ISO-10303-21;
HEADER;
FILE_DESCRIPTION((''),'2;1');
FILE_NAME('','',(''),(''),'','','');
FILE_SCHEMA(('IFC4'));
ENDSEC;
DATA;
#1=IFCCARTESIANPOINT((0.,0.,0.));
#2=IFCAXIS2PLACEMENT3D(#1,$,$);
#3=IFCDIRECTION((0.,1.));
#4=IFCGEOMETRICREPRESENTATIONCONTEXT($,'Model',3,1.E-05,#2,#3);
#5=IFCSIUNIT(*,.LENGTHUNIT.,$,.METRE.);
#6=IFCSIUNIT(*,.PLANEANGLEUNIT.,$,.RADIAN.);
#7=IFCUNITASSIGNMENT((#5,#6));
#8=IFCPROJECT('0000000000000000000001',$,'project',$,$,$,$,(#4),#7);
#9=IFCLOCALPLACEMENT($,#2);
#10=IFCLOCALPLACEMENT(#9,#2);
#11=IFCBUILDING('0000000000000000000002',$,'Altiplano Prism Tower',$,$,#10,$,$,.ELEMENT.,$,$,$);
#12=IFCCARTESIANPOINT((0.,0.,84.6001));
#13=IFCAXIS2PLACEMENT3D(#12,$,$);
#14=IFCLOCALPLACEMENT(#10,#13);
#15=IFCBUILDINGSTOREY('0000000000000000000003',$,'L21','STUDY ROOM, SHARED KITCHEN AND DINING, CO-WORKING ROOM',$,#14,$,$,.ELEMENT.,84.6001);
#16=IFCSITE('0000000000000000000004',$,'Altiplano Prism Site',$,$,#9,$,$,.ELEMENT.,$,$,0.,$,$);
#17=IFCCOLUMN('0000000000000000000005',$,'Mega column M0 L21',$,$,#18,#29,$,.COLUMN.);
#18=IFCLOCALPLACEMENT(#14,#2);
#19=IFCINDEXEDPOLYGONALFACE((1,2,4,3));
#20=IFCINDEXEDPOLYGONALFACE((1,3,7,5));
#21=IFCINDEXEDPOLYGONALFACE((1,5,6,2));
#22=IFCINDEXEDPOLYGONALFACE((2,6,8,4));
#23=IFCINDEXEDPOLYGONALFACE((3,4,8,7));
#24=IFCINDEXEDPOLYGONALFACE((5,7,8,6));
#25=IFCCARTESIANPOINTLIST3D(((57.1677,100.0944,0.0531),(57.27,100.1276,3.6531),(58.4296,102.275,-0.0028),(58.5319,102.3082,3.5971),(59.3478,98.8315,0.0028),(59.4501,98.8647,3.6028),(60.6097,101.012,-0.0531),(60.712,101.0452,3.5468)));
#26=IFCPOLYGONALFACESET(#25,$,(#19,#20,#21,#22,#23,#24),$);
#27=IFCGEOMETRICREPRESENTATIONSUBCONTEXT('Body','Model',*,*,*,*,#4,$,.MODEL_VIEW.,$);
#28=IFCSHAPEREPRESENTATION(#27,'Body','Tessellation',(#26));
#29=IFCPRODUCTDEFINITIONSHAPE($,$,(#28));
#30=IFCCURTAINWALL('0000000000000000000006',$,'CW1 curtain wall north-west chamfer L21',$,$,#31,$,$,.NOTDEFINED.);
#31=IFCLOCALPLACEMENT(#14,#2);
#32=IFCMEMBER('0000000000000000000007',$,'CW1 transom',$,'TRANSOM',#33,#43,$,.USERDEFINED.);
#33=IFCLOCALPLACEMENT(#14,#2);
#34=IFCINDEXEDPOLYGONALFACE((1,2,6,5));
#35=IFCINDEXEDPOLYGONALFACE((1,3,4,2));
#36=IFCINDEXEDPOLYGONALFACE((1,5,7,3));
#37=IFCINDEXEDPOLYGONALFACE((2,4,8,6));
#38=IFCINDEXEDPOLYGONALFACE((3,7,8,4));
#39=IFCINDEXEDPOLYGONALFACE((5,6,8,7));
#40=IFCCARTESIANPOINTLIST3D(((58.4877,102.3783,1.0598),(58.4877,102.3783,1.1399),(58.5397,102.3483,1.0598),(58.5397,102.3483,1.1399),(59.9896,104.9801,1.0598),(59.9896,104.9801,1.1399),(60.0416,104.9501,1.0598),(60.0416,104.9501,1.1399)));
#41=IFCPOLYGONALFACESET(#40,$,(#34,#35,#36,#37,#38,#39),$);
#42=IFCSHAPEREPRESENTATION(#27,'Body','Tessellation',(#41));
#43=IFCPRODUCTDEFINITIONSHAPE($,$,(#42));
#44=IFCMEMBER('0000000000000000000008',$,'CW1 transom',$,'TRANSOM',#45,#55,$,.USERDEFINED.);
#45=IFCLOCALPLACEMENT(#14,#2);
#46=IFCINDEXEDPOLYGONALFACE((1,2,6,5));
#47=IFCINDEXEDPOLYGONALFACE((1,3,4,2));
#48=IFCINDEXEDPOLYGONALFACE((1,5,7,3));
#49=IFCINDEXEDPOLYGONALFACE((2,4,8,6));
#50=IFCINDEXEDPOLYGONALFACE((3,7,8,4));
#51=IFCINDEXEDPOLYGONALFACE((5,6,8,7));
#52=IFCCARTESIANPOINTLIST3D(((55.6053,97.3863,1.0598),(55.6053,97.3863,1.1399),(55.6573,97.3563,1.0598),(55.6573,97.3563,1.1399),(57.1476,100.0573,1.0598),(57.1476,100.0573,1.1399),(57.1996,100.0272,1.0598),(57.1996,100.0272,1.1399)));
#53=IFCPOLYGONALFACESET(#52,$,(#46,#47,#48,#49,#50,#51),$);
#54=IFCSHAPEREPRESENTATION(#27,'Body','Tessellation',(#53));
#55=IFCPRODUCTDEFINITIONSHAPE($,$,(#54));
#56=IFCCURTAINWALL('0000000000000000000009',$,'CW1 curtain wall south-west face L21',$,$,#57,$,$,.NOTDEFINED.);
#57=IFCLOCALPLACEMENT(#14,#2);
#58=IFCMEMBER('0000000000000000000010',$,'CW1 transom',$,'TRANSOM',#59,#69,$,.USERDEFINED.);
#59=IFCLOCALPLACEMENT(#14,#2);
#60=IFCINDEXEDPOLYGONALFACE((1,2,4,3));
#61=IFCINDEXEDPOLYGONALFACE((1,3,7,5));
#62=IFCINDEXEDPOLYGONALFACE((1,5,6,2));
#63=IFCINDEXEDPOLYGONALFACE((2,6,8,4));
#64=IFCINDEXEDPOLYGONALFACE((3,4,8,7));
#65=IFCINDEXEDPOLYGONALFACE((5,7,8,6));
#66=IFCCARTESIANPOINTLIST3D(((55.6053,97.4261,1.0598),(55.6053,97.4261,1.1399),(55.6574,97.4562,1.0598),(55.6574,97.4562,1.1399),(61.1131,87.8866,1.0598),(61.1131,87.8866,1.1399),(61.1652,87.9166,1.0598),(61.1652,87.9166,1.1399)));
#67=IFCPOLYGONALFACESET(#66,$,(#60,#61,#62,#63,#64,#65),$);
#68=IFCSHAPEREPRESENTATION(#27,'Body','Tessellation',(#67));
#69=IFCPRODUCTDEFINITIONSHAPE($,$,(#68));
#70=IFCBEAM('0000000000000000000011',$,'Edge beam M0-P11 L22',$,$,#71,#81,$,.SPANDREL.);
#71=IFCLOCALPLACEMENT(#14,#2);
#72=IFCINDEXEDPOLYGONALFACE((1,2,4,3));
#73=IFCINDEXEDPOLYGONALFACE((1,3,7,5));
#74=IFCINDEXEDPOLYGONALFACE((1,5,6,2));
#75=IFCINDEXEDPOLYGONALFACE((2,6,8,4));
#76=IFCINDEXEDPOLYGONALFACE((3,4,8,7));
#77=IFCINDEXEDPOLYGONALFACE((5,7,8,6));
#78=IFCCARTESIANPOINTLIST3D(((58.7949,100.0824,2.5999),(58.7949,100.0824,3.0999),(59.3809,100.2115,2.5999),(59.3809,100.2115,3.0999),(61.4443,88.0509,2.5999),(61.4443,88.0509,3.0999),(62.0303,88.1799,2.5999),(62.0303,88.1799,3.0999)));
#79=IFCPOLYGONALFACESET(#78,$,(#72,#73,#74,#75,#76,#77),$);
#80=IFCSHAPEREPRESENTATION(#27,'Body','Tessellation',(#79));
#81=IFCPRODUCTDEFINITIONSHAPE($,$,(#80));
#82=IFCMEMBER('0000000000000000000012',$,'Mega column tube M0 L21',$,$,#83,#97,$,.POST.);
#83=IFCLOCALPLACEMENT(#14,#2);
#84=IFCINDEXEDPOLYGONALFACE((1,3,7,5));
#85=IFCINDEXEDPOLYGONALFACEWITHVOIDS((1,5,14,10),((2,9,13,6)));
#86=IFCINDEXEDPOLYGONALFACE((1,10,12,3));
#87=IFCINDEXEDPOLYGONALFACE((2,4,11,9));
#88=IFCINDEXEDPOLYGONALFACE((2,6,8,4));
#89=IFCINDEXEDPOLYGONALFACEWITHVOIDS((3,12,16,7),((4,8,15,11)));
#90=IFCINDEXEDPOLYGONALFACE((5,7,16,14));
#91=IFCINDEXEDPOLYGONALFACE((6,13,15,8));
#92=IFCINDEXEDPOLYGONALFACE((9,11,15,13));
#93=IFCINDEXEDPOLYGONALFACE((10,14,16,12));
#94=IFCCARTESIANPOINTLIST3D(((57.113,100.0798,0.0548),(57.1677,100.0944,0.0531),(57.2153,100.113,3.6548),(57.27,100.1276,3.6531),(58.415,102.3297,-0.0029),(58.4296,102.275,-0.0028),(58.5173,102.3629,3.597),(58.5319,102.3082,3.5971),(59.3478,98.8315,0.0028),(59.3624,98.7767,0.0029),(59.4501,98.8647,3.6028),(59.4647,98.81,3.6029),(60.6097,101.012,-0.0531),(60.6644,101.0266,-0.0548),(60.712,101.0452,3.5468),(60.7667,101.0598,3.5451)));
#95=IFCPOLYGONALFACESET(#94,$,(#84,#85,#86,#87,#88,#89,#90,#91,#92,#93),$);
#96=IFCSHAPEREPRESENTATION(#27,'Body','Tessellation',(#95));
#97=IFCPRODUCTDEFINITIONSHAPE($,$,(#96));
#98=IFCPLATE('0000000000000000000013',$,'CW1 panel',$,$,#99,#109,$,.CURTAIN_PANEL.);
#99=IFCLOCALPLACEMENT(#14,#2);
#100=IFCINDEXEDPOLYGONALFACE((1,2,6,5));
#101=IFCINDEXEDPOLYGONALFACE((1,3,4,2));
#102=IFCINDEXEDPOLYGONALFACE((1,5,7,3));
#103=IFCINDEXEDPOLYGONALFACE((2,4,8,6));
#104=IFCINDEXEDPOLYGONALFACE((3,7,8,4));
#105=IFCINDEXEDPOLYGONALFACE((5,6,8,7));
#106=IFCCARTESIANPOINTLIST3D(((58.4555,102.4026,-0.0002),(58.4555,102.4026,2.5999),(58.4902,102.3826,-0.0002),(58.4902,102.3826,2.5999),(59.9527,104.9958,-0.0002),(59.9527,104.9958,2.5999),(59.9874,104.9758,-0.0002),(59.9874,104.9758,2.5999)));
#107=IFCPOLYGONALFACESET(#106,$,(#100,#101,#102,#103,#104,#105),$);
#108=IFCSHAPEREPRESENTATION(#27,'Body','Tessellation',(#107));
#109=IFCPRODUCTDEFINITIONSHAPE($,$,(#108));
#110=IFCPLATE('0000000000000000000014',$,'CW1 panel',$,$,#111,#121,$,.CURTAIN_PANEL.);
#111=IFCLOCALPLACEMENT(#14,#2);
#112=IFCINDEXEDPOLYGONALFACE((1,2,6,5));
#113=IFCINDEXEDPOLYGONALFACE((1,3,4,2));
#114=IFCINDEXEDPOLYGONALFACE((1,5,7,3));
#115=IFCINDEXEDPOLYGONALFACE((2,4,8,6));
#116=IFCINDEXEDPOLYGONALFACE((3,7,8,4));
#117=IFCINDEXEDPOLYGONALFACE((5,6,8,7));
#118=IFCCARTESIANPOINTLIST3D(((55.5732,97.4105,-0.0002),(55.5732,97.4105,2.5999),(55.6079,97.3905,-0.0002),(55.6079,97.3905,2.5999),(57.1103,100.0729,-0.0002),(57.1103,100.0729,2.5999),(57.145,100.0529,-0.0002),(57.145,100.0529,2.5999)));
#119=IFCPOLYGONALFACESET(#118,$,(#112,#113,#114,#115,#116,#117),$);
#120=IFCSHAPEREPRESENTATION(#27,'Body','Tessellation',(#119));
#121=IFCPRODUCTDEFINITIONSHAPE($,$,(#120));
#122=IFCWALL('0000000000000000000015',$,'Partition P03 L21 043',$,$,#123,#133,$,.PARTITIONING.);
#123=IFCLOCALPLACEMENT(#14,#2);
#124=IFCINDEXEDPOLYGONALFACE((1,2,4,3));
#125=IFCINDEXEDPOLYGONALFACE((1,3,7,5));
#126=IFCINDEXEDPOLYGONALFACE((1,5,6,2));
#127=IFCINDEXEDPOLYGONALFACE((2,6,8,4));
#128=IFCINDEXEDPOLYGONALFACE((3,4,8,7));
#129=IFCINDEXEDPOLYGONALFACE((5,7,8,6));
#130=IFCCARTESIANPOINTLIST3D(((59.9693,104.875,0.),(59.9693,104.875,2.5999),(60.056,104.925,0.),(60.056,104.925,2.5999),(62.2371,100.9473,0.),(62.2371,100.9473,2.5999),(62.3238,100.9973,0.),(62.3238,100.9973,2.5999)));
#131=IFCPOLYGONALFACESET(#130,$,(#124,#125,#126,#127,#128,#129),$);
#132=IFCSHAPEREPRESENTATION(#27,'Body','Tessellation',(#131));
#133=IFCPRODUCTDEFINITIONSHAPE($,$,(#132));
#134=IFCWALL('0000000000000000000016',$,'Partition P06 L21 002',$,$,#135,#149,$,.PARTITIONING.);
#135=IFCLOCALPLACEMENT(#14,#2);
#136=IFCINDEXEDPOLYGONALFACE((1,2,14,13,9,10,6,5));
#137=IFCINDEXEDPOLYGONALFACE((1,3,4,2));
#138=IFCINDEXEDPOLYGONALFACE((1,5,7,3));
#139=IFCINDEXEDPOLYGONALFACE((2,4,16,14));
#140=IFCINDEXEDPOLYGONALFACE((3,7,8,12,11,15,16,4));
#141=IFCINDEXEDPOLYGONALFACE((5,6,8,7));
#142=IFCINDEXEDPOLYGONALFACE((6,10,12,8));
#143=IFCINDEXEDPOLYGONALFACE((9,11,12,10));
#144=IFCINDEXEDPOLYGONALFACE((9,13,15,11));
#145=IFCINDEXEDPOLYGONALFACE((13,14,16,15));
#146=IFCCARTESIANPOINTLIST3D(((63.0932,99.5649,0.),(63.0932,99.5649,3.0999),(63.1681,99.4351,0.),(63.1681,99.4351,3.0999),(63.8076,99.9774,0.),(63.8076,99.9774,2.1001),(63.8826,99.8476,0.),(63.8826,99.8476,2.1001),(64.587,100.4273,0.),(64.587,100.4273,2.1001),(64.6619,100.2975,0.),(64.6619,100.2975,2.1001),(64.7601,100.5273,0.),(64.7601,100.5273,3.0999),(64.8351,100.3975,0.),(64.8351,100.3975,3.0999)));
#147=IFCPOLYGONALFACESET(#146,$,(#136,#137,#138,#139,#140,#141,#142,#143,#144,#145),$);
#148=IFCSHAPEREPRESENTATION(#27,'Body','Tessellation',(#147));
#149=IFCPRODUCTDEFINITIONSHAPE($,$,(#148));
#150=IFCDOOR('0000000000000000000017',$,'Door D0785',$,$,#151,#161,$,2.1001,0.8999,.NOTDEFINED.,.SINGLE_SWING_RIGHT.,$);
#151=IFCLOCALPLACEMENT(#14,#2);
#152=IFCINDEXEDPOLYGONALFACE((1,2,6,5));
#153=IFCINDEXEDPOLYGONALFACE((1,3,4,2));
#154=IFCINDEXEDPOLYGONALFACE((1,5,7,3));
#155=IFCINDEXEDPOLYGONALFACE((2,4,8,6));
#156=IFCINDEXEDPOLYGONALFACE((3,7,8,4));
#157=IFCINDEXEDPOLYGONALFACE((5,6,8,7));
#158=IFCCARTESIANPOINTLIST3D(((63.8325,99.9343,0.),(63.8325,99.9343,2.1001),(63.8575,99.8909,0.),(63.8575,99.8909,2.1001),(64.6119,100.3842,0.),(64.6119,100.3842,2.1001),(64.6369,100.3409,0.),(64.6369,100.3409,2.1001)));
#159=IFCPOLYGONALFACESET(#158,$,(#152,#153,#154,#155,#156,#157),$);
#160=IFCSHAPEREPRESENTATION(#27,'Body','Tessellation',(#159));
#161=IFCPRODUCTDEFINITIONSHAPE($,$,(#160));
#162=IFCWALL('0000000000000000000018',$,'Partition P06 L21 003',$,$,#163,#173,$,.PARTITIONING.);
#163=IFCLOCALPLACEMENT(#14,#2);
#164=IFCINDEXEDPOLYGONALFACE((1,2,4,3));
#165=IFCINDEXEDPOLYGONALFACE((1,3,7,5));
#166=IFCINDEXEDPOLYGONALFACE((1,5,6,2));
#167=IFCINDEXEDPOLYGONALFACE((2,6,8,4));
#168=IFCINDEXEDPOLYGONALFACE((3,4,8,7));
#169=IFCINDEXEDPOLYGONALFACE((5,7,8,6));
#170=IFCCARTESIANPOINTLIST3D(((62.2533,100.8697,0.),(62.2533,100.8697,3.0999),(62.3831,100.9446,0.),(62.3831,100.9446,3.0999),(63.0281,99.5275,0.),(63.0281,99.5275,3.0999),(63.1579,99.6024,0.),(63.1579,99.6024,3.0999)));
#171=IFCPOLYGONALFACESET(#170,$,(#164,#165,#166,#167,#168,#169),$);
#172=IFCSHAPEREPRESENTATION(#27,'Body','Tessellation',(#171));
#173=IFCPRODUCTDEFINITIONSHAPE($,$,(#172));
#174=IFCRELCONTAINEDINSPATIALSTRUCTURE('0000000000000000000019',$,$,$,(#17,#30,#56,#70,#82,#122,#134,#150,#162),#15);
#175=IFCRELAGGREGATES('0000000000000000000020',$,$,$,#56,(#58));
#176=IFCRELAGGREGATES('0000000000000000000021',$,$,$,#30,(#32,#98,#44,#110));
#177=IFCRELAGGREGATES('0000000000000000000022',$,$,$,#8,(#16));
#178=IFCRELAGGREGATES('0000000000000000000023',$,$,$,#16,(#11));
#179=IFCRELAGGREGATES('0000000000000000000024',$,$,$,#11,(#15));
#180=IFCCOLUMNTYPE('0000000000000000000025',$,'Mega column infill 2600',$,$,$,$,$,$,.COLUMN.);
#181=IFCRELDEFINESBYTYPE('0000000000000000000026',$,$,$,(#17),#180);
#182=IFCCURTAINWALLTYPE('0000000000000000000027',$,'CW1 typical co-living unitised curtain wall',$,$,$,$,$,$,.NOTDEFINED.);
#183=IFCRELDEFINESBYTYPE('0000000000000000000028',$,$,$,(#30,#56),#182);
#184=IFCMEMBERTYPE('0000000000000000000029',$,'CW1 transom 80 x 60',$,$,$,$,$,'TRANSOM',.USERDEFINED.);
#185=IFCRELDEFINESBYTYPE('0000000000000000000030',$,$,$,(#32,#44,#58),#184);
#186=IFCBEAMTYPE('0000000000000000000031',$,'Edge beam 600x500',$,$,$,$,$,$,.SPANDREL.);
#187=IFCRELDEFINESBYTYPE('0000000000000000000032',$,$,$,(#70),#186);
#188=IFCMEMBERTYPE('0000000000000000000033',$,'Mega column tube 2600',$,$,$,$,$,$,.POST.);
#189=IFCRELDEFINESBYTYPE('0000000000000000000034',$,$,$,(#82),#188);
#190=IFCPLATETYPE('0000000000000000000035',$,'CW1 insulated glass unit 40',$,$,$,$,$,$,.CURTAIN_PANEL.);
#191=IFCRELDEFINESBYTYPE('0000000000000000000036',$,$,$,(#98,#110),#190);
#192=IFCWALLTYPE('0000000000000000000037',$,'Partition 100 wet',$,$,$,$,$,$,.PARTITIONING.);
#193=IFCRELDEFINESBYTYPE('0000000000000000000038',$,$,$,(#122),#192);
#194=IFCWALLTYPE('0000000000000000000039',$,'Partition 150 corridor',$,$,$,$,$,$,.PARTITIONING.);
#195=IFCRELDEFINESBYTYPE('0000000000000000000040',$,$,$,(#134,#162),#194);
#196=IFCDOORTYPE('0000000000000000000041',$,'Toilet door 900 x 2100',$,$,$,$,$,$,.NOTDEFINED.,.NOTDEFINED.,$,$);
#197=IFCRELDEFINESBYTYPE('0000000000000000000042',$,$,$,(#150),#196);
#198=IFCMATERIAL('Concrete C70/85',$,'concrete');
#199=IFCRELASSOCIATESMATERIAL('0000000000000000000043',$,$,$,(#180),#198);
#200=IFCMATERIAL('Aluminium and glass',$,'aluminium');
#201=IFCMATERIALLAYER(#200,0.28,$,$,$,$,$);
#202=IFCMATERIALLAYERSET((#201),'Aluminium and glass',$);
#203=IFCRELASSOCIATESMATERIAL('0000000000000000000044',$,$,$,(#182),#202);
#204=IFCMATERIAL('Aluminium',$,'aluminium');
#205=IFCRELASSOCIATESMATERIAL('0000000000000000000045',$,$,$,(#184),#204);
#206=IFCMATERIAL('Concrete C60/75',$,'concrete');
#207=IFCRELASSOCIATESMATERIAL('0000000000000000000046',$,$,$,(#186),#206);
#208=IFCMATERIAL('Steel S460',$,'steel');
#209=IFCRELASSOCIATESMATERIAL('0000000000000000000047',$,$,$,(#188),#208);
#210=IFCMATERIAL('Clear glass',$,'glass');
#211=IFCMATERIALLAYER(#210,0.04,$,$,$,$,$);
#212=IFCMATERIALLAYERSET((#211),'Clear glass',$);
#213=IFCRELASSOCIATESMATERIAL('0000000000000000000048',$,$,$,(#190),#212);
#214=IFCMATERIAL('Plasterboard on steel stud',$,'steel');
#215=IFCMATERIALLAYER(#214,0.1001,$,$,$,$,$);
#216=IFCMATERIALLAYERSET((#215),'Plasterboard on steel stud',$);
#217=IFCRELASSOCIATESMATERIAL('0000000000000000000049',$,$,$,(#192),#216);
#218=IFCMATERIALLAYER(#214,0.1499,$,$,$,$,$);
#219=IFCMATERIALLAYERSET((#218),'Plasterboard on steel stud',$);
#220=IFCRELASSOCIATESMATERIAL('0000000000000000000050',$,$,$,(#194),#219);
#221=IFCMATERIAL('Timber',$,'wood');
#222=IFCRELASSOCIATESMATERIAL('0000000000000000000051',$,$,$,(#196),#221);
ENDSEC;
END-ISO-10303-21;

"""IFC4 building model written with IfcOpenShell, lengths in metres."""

from ifc_helpers import new_model, si_unit, direction, frame, frame_2d, origin, origin_2d, place, context, subcontext, project, spatial, rectangle, hollow_rectangle, extrude, material, layer, layer_set, material_profile, profile_set, type_object, element, fill, aggregate, save


model = new_model("IFC4")

# Units and contexts
model_context = context("Model", 3, precision=1e-05, world=origin(), true_north=direction((0.0, 1.0)))
body_context = subcontext(model_context, "Body", "Model", "MODEL_VIEW")
ifc_project = project(units=[si_unit("LENGTHUNIT", "METRE"), si_unit("PLANEANGLEUNIT", "RADIAN")], contexts=[model_context])

# Site, building, storey
site_placement = place(None, origin())
site = spatial("IfcSite", under=ifc_project, at=site_placement, Name="Altiplano Prism Site", CompositionType="ELEMENT", RefElevation=0.0)
building_placement = place(site_placement, origin())
building = spatial("IfcBuilding", under=site, at=building_placement, Name="Altiplano Prism Tower", CompositionType="ELEMENT")
storey_placement = place(building_placement, frame((0.0, 0.0, 84.6001)))
storey = spatial("IfcBuildingStorey", under=building, at=storey_placement, Name="L21", Description="STUDY ROOM, SHARED KITCHEN AND DINING, CO-WORKING ROOM", CompositionType="ELEMENT", Elevation=84.6001)

# Column
ifc_material_1 = material(Name="Concrete C70/85", Category="concrete")
ifc_material_profile_1 = material_profile(ifc_material_1, rectangle(XDim=2.52, YDim=2.52, at=origin_2d()), Name="Mega column infill 2600")
ifc_profile_set_1 = profile_set([ifc_material_profile_1], Name="Concrete C70/85")
column_type = type_object("IfcColumnType", Name="Mega column infill 2600", PredefinedType="COLUMN", material=ifc_profile_set_1)
column_placement = place(storey_placement, frame((58.8887, 100.5532, 0.0), z_axis=(0.028404, 0.009219, 0.999554), x_axis=(-0.865123, 0.501162, 0.019961)))
element("IfcColumn", 1, at=column_placement, inside=storey, type_object=column_type, Name="Mega column M0 L21", PredefinedType="COLUMN", context=body_context, shape_type="SweptSolid", body=[
    extrude(rectangle(XDim=2.52, YDim=2.52, at=origin_2d()), origin(), (0.0, 0.0, 1.0), 3.6016),
])

# Curtain wall, members
ifc_material_2 = material(Name="Aluminium and glass", Category="aluminium")
ifc_layer_1 = layer(ifc_material_2, 0.28)
ifc_layer_set_1 = layer_set([ifc_layer_1], Name="Aluminium and glass")
curtain_wall_type = type_object("IfcCurtainWallType", Name="CW1 typical co-living unitised curtain wall", PredefinedType="NOTDEFINED", material=ifc_layer_set_1)
curtain_wall_1_placement = place(storey_placement, origin())
curtain_wall_1 = element("IfcCurtainWall", 2, at=curtain_wall_1_placement, inside=storey, type_object=curtain_wall_type, Name="CW1 curtain wall north-west chamfer L21", PredefinedType="NOTDEFINED")
ifc_material_3 = material(Name="Aluminium", Category="aluminium")
ifc_material_profile_2 = material_profile(ifc_material_3, rectangle(XDim=0.0601, YDim=0.0801, at=origin_2d()), Name="CW1 transom 80 x 60")
ifc_profile_set_2 = profile_set([ifc_material_profile_2], Name="Aluminium")
member_type_1 = type_object("IfcMemberType", Name="CW1 transom 80 x 60", ElementType="TRANSOM", PredefinedType="USERDEFINED", material=ifc_profile_set_2)
member_1_placement = place(storey_placement, frame((60.0156, 104.9651, 1.0999), z_axis=(-0.49995, -0.866054, 0.0), x_axis=(0.866054, -0.49995, 0.0)))
member_1 = element("IfcMember", 3, at=member_1_placement, type_object=member_type_1, Name="CW1 transom", ObjectType="TRANSOM", PredefinedType="USERDEFINED", context=body_context, shape_type="SweptSolid", body=[
    extrude(rectangle(XDim=0.0601, YDim=0.0801, at=origin_2d()), origin(), (0.0, 0.0, 1.0), 3.0042),
])
member_2_placement = place(storey_placement, frame((57.1736, 100.0422, 1.0999), z_axis=(-0.500047, -0.865998, 0.0), x_axis=(0.865998, -0.500047, 0.0)))
member_2 = element("IfcMember", 4, at=member_2_placement, type_object=member_type_1, Name="CW1 transom", ObjectType="TRANSOM", PredefinedType="USERDEFINED", context=body_context, shape_type="SweptSolid", body=[
    extrude(rectangle(XDim=0.0601, YDim=0.0801, at=origin_2d()), origin(), (0.0, 0.0, 1.0), 3.0842),
])

# Curtain wall, member
curtain_wall_2_placement = place(storey_placement, origin())
curtain_wall_2 = element("IfcCurtainWall", 5, at=curtain_wall_2_placement, inside=storey, type_object=curtain_wall_type, Name="CW1 curtain wall south-west face L21", PredefinedType="NOTDEFINED")
member_3_placement = place(storey_placement, frame((55.6313, 97.4412, 1.0999), z_axis=(0.50001, -0.866019, 0.0), x_axis=(0.866019, 0.50001, 0.0)))
member_3 = element("IfcMember", 6, at=member_3_placement, type_object=member_type_1, Name="CW1 transom", ObjectType="TRANSOM", PredefinedType="USERDEFINED", context=body_context, shape_type="SweptSolid", body=[
    extrude(rectangle(XDim=0.0601, YDim=0.0801, at=origin_2d()), origin(), (0.0, 0.0, 1.0), 11.0154),
])
aggregate(curtain_wall_2, [member_3])

# Beam
ifc_material_4 = material(Name="Concrete C60/75", Category="concrete")
ifc_material_profile_3 = material_profile(ifc_material_4, rectangle(XDim=0.6001, YDim=0.5, at=origin_2d()), Name="Edge beam 600x500")
ifc_profile_set_3 = profile_set([ifc_material_profile_3], Name="Concrete C60/75")
beam_type = type_object("IfcBeamType", Name="Edge beam 600x500", PredefinedType="SPANDREL", material=ifc_profile_set_3)
beam_placement = place(storey_placement, frame((59.0879, 100.147, 2.8499), z_axis=(0.215054, -0.976602, 0.0), x_axis=(0.976602, 0.215054, 0.0)))
element("IfcBeam", 7, at=beam_placement, inside=storey, type_object=beam_type, Name="Edge beam M0-P11 L22", PredefinedType="SPANDREL", context=body_context, shape_type="SweptSolid", body=[
    extrude(rectangle(XDim=0.6001, YDim=0.5, at=origin_2d()), origin(), (0.0, 0.0, 1.0), 12.3198),
])

# Member
ifc_material_5 = material(Name="Steel S460", Category="steel")
ifc_material_profile_4 = material_profile(ifc_material_5, hollow_rectangle(XDim=2.6001, YDim=2.6001, WallThickness=0.04, at=origin_2d()), Name="Mega column tube 2600")
ifc_profile_set_4 = profile_set([ifc_material_profile_4], Name="Steel S460")
member_type_2 = type_object("IfcMemberType", Name="Mega column tube 2600", PredefinedType="POST", material=ifc_profile_set_4)
member_4_placement = place(storey_placement, frame((58.8887, 100.5532, 0.0), z_axis=(0.028404, 0.009219, 0.999554), x_axis=(-0.865123, 0.501162, 0.019961)))
element("IfcMember", 8, at=member_4_placement, inside=storey, type_object=member_type_2, Name="Mega column tube M0 L21", PredefinedType="POST", context=body_context, shape_type="SweptSolid", body=[
    extrude(hollow_rectangle(XDim=2.6001, YDim=2.6001, WallThickness=0.04, at=origin_2d()), origin(), (0.0, 0.0, 1.0), 3.6016),
])

# Plates
ifc_material_6 = material(Name="Clear glass", Category="glass")
ifc_layer_2 = layer(ifc_material_6, 0.04)
ifc_layer_set_2 = layer_set([ifc_layer_2], Name="Clear glass")
plate_type = type_object("IfcPlateType", Name="CW1 insulated glass unit 40", PredefinedType="CURTAIN_PANEL", material=ifc_layer_set_2)
plate_1_placement = place(storey_placement, frame((59.2214, 103.6892, -0.0002), z_axis=(0.0, 0.0, 1.0), x_axis=(-0.5, -0.866025, 0.0)))
plate_1 = element("IfcPlate", 9, at=plate_1_placement, type_object=plate_type, Name="CW1 panel", PredefinedType="CURTAIN_PANEL", context=body_context, shape_type="SweptSolid", body=[
    extrude(rectangle(XDim=2.9944, YDim=0.04, at=origin_2d()), origin(), (0.0, 0.0, 1.0), 2.6001),
])
plate_2_placement = place(storey_placement, frame((56.3591, 98.7317, -0.0002), z_axis=(0.0, 0.0, 1.0), x_axis=(-0.5, -0.866025, 0.0)))
plate_2 = element("IfcPlate", 10, at=plate_2_placement, type_object=plate_type, Name="CW1 panel", PredefinedType="CURTAIN_PANEL", context=body_context, shape_type="SweptSolid", body=[
    extrude(rectangle(XDim=3.0742, YDim=0.04, at=origin_2d()), origin(), (0.0, 0.0, 1.0), 2.6001),
])
aggregate(curtain_wall_1, [member_1, plate_1, member_2, plate_2])

# Wall
ifc_material_7 = material(Name="Plasterboard on steel stud", Category="steel")
ifc_layer_3 = layer(ifc_material_7, 0.1001)
ifc_layer_set_3 = layer_set([ifc_layer_3], Name="Plasterboard on steel stud")
wall_type_1 = type_object("IfcWallType", Name="Partition 100 wet", PredefinedType="PARTITIONING", material=ifc_layer_set_3)
wall_1_placement = place(storey_placement, frame((60.0127, 104.8999, 0.0), z_axis=(0.0, 0.0, 1.0), x_axis=(0.500024, -0.866012, 0.0)))
element("IfcWall", 11, at=wall_1_placement, inside=storey, type_object=wall_type_1, Name="Partition P03 L21 043", PredefinedType="PARTITIONING", context=body_context, shape_type="SweptSolid", body=[
    extrude(rectangle(XDim=4.5354, YDim=0.1001, at=frame_2d((2.2676, 0.0))), origin(), (0.0, 0.0, 1.0), 2.5999),
])

# Wall, opening, door
ifc_layer_4 = layer(ifc_material_7, 0.1499)
ifc_layer_set_4 = layer_set([ifc_layer_4], Name="Plasterboard on steel stud")
wall_type_2 = type_object("IfcWallType", Name="Partition 150 corridor", PredefinedType="PARTITIONING", material=ifc_layer_set_4)
wall_2_placement = place(storey_placement, frame((64.7976, 100.4624, 0.0), z_axis=(0.0, 0.0, 1.0), x_axis=(-0.866034, -0.499986, 0.0)))
wall_2 = element("IfcWall", 12, at=wall_2_placement, inside=storey, type_object=wall_type_2, Name="Partition P06 L21 002", PredefinedType="PARTITIONING", context=body_context, shape_type="SweptSolid", body=[
    extrude(rectangle(XDim=1.9248, YDim=0.1499, at=frame_2d((0.9624, 0.0))), origin(), (0.0, 0.0, 1.0), 3.0999),
])
opening_1_placement = place(wall_2_placement, frame((0.2, 0.0, 0.0)))
opening_1 = element("IfcOpeningElement", 13, at=opening_1_placement, cuts=wall_2, PredefinedType="OPENING", context=body_context, shape_type="SweptSolid", body=[
    extrude(rectangle(XDim=0.8999, YDim=2.1001, at=frame_2d((0.45, 1.05))), frame((0.0, 0.0854, 0.0), z_axis=(0.0, -1.0, 0.0), x_axis=(1.0, 0.0, 0.0)), (0.0, 0.0, 1.0), 0.1709),
])
ifc_material_8 = material(Name="Timber", Category="wood")
door_type_1 = type_object("IfcDoorType", Name="Toilet door 900 x 2100", OperationType="NOTDEFINED", PredefinedType="NOTDEFINED", material=ifc_material_8)
door_1_placement = place(opening_1_placement, origin())
door_1 = element("IfcDoor", 14, at=door_1_placement, inside=storey, type_object=door_type_1, Name="Door D0785", OperationType="SINGLE_SWING_RIGHT", OverallHeight=2.1001, OverallWidth=0.8999, PredefinedType="NOTDEFINED", context=body_context, shape_type="SweptSolid", body=[
    extrude(rectangle(XDim=0.8999, YDim=2.1001, at=frame_2d((0.45, 1.05))), frame((0.0, 0.0249, 0.0), z_axis=(0.0, -1.0, 0.0), x_axis=(1.0, 0.0, 0.0)), (0.0, 0.0, 1.0), 0.05),
])
fill(opening_1, door_1)

# Wall
wall_3_placement = place(storey_placement, frame((63.093, 99.5649, 0.0), z_axis=(0.0, 0.0, 1.0), x_axis=(-0.499968, 0.866044, 0.0)))
element("IfcWall", 15, at=wall_3_placement, inside=storey, type_object=wall_type_2, Name="Partition P06 L21 003", PredefinedType="PARTITIONING", context=body_context, shape_type="SweptSolid", body=[
    extrude(rectangle(XDim=1.5498, YDim=0.1499, at=frame_2d((0.7749, 0.0))), origin(), (0.0, 0.0, 1.0), 3.0999),
])

save(model, "model.ifc")
